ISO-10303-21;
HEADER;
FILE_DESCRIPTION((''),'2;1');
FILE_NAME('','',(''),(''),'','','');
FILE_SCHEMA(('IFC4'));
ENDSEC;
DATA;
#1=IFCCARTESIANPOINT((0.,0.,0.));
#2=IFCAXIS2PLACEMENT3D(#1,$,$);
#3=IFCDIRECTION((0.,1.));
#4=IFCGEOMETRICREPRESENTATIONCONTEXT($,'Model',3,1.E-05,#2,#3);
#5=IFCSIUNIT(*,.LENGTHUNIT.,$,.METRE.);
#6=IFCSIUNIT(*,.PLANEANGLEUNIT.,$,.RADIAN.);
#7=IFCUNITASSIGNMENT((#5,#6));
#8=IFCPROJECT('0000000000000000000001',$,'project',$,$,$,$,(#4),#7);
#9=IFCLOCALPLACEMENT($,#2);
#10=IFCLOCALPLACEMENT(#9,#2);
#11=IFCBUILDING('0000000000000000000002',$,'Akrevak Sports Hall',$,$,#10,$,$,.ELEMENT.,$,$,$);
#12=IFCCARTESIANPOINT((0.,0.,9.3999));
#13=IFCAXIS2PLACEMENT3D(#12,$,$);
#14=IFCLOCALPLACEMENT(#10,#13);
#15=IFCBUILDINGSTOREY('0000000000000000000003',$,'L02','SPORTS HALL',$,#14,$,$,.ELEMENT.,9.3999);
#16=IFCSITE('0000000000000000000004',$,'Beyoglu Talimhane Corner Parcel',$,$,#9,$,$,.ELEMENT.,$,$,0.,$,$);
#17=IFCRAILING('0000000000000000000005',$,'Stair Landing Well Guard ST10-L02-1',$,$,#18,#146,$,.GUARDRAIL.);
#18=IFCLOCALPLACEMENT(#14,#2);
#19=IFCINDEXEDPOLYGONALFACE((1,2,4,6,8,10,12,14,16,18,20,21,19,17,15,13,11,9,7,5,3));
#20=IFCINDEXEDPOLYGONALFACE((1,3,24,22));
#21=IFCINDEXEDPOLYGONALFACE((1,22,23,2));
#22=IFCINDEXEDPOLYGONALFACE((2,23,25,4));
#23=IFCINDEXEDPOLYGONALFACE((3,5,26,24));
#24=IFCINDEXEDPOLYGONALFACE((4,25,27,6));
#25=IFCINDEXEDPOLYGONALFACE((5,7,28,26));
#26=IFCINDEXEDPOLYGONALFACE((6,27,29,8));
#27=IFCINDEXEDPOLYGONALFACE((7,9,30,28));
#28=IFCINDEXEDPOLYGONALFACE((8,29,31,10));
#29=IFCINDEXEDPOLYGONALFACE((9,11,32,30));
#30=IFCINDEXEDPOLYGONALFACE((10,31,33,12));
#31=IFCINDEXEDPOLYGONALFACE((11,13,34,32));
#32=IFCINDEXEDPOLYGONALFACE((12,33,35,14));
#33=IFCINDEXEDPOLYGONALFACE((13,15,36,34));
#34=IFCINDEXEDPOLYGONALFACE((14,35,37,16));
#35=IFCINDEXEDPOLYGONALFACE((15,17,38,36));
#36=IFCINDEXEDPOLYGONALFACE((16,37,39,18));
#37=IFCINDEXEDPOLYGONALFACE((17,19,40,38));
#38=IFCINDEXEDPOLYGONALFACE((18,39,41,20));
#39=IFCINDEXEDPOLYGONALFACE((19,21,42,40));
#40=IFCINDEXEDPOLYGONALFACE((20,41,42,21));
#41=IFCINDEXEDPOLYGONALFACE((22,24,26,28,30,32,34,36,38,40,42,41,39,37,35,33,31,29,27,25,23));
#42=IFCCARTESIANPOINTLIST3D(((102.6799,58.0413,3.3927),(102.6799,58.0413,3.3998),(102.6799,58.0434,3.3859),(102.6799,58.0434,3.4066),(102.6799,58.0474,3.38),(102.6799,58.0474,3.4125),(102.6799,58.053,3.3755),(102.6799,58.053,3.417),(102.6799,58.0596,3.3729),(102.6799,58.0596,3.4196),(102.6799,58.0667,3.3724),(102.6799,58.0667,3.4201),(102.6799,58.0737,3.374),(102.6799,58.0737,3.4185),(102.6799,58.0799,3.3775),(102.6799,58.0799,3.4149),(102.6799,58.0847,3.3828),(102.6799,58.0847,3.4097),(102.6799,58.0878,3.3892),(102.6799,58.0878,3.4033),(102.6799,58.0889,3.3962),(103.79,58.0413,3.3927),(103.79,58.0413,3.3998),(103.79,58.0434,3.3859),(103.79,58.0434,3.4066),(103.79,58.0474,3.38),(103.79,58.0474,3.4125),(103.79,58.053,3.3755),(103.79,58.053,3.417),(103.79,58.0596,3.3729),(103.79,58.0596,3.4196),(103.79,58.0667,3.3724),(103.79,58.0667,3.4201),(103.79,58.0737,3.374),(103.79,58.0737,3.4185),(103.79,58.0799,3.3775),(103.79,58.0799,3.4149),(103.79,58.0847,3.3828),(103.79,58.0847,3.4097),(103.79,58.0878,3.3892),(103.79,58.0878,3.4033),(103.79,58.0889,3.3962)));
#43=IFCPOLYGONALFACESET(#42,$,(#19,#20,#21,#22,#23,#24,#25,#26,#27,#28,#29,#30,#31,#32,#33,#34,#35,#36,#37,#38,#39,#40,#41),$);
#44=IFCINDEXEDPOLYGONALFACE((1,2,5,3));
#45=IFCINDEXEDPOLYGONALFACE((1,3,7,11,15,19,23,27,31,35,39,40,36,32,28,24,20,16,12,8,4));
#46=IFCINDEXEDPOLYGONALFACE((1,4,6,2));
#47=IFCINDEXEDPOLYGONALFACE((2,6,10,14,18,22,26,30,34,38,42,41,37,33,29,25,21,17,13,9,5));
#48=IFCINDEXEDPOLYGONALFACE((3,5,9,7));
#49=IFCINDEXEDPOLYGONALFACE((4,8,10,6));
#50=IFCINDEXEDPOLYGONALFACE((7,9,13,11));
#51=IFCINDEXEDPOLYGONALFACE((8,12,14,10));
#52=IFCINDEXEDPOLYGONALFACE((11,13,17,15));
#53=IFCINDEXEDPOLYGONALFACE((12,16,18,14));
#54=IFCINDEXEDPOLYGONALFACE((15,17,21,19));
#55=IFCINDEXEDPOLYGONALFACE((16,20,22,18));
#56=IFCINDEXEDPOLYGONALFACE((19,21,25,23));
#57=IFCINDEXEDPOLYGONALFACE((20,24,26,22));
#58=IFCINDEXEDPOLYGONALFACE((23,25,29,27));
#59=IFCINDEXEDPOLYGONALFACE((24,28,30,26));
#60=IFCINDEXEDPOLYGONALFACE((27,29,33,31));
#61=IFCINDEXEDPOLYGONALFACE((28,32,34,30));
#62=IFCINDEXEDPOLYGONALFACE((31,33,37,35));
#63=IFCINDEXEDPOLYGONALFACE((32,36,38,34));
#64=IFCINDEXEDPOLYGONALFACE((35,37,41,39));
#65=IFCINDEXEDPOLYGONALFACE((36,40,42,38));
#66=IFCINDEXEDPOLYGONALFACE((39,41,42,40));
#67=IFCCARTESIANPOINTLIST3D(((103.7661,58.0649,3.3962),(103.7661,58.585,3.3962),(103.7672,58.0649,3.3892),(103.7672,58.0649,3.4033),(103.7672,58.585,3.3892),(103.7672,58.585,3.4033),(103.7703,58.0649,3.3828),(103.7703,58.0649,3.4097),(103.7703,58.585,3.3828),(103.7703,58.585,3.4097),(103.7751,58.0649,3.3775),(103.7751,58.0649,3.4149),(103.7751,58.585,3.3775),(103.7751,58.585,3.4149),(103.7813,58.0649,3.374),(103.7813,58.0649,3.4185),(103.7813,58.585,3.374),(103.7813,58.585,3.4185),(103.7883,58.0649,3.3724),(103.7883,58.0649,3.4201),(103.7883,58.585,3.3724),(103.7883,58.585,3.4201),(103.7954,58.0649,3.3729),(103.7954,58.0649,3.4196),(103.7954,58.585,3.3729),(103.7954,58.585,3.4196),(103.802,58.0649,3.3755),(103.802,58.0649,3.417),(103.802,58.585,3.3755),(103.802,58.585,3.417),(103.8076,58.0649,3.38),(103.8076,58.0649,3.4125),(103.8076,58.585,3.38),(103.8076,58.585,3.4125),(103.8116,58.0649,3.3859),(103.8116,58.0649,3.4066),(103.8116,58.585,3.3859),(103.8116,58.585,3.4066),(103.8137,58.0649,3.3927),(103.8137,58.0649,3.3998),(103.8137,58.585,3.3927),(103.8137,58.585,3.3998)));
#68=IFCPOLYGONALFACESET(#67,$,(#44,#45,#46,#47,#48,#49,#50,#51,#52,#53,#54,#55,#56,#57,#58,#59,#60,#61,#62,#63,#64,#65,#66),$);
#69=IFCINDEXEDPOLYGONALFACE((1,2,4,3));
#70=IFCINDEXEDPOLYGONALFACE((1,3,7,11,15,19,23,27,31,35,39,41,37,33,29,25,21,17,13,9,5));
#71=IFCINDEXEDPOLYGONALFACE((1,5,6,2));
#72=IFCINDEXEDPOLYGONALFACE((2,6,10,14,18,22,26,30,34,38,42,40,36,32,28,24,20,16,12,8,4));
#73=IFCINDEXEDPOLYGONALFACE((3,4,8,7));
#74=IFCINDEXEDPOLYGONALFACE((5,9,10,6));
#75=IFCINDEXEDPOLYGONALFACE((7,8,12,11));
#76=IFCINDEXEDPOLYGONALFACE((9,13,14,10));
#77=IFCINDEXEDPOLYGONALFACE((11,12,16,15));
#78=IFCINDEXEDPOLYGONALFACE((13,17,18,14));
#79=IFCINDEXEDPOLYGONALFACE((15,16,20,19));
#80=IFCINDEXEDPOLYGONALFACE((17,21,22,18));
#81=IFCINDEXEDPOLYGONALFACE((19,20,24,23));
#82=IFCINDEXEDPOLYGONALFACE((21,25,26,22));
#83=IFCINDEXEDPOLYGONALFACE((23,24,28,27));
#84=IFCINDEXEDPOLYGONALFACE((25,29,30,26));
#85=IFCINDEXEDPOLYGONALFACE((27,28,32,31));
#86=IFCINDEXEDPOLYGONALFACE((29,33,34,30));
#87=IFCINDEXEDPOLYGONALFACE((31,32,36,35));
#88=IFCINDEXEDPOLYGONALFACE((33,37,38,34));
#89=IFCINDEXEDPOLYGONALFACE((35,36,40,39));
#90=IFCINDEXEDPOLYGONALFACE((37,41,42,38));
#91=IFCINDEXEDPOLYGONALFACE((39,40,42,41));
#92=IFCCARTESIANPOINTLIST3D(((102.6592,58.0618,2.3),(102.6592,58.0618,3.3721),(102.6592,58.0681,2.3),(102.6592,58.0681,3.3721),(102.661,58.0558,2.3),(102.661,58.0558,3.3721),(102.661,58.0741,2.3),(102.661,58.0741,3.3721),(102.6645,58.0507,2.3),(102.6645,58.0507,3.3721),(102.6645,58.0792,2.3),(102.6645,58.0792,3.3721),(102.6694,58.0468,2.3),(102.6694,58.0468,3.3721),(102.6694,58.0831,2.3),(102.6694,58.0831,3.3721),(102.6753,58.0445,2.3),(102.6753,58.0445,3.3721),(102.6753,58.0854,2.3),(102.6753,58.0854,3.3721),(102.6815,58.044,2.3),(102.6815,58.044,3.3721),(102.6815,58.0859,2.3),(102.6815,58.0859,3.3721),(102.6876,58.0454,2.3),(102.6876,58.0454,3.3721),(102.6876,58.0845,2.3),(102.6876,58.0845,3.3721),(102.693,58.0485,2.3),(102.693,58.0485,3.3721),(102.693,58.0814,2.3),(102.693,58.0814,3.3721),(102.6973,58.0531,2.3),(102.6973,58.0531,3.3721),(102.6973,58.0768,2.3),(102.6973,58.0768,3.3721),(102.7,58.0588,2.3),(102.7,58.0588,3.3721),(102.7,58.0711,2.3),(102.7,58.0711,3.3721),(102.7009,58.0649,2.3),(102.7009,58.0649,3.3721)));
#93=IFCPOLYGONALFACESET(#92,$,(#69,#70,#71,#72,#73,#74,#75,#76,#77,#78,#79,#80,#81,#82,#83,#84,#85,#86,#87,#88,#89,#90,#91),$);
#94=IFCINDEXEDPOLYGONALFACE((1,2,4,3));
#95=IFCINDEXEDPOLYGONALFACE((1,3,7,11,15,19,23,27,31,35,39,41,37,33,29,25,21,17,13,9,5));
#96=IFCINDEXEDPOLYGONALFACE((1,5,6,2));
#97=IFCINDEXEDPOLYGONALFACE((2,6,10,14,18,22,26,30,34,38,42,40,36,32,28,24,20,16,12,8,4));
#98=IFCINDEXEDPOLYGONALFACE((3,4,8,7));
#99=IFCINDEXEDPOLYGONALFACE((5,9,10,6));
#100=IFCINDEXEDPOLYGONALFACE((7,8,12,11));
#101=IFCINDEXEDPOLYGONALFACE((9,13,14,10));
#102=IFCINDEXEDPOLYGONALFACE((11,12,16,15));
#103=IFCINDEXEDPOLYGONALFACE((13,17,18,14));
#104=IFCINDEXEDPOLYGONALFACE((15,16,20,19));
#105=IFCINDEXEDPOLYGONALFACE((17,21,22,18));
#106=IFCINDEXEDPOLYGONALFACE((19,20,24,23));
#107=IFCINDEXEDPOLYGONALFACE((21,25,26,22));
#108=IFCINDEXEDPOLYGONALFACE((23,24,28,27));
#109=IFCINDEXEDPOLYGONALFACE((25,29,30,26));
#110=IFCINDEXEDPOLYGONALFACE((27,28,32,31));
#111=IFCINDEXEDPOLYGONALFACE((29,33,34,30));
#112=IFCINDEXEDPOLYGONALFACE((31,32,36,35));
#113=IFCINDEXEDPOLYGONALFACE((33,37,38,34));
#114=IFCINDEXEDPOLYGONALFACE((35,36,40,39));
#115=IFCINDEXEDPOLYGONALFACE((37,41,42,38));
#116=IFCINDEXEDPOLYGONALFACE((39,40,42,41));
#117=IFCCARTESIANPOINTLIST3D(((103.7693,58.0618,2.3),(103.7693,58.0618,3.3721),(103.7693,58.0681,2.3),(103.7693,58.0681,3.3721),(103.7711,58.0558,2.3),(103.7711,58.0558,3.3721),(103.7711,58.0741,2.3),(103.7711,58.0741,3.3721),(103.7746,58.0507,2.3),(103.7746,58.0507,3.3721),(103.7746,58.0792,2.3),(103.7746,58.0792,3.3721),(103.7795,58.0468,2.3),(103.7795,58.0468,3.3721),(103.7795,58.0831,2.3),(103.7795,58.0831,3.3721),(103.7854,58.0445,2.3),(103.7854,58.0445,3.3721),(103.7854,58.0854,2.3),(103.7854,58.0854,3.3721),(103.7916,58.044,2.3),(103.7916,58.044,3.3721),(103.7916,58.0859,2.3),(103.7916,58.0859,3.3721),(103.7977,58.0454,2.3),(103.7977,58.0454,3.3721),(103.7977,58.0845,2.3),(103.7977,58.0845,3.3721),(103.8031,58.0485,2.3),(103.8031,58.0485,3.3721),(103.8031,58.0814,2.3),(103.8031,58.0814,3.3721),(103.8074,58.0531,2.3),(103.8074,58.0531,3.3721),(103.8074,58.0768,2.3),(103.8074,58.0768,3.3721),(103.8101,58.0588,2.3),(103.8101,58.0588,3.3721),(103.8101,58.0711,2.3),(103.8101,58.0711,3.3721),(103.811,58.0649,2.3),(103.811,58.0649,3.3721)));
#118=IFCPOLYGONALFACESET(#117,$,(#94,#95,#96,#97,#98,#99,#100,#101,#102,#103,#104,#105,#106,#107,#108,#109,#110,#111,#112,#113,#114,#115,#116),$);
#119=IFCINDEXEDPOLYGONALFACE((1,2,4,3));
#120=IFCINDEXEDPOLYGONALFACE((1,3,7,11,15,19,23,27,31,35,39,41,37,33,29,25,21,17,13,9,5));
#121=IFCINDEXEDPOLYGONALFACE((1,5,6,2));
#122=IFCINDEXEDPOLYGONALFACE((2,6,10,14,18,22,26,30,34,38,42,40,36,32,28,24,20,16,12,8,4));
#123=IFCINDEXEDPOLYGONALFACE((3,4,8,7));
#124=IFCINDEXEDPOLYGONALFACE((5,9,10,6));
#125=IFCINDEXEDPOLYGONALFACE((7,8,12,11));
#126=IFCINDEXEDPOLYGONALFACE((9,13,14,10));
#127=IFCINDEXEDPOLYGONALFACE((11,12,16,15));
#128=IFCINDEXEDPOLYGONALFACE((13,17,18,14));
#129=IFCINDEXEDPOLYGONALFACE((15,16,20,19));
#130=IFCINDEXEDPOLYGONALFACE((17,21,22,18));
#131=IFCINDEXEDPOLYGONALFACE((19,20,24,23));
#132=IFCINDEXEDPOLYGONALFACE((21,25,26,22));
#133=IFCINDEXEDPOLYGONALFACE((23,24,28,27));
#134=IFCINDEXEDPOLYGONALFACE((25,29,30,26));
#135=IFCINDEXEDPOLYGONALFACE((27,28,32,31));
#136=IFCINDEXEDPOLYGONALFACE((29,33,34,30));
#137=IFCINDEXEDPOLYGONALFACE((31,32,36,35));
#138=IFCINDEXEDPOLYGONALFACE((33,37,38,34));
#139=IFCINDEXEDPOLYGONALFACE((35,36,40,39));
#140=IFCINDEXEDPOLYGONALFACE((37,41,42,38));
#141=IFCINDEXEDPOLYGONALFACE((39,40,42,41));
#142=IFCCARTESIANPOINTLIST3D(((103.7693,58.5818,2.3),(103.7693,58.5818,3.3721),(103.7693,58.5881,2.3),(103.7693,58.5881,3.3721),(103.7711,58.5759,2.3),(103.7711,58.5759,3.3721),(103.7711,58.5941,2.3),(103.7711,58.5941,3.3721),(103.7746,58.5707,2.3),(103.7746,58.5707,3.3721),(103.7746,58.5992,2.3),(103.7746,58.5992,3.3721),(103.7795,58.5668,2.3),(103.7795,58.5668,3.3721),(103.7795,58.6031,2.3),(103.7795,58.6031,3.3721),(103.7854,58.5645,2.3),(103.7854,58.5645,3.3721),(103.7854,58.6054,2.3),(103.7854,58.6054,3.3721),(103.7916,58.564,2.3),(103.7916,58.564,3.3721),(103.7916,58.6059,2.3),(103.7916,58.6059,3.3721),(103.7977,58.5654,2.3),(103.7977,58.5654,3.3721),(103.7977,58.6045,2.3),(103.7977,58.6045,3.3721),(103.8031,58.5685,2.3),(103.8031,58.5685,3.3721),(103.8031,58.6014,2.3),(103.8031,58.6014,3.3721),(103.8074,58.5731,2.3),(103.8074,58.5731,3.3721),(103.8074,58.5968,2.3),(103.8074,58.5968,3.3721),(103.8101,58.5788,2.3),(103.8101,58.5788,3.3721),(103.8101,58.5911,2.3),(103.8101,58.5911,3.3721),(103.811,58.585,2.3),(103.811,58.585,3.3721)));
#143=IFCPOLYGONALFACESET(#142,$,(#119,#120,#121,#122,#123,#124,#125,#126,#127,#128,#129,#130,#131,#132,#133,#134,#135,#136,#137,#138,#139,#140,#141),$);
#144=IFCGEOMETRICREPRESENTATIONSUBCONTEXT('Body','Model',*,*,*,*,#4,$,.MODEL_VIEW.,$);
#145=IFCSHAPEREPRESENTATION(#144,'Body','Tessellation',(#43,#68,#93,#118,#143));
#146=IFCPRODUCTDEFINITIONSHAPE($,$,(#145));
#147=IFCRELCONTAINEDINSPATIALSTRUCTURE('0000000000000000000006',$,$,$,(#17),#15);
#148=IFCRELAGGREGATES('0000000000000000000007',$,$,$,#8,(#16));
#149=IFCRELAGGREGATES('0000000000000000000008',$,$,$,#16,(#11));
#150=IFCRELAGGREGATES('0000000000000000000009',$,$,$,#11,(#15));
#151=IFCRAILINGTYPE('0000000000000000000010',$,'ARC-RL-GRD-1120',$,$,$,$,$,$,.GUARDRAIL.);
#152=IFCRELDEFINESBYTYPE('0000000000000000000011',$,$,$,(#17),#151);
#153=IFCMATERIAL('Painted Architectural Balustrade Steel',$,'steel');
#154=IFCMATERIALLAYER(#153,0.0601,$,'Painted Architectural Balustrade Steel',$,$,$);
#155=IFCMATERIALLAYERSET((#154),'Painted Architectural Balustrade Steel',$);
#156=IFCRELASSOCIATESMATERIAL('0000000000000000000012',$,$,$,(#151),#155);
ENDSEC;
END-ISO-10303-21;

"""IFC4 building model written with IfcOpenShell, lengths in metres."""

from ifc_helpers import new_model, si_unit, direction, frame, origin, origin_2d, place, context, subcontext, project, spatial, circle, extrude, material, layer, layer_set, type_object, element, save


model = new_model("IFC4")

# Units and contexts
model_context = context("Model", 3, precision=1e-05, world=origin(), true_north=direction((0.0, 1.0)))
body_context = subcontext(model_context, "Body", "Model", "MODEL_VIEW")
ifc_project = project(units=[si_unit("LENGTHUNIT", "METRE"), si_unit("PLANEANGLEUNIT", "RADIAN")], contexts=[model_context])

# Site, building, storey
site_placement = place(None, origin())
site = spatial("IfcSite", under=ifc_project, at=site_placement, Name="Beyoglu Talimhane Corner Parcel", CompositionType="ELEMENT", RefElevation=0.0)
building_placement = place(site_placement, origin())
building = spatial("IfcBuilding", under=site, at=building_placement, Name="Akrevak Sports Hall", CompositionType="ELEMENT")
storey_placement = place(building_placement, frame((0.0, 0.0, 9.3999)))
storey = spatial("IfcBuildingStorey", under=building, at=storey_placement, Name="L02", Description="SPORTS HALL", CompositionType="ELEMENT", Elevation=9.3999)

# Railing
ifc_material_1 = material(Name="Painted Architectural Balustrade Steel", Category="steel")
ifc_layer_1 = layer(ifc_material_1, 0.0601, Name="Painted Architectural Balustrade Steel")
ifc_layer_set_1 = layer_set([ifc_layer_1], Name="Painted Architectural Balustrade Steel")
railing_type_1 = type_object("IfcRailingType", Name="ARC-RL-GRD-1120", PredefinedType="GUARDRAIL", material=ifc_layer_set_1)
railing_1_placement = place(storey_placement, frame((102.6799, 58.0649, 2.3)))
element("IfcRailing", 1, at=railing_1_placement, inside=storey, type_object=railing_type_1, Name="Stair Landing Well Guard ST10-L02-1", PredefinedType="GUARDRAIL", context=body_context, shape_type="SweptSolid", body=[
    extrude(circle(Radius=0.0239, at=origin_2d()), frame((0.0, 0.0, 1.0962), z_axis=(1.0, 0.0, 0.0), x_axis=(0.0, 1.0, 0.0)), (0.0, 0.0, 1.0), 1.1101),
    extrude(circle(Radius=0.0239, at=origin_2d()), frame((1.1101, 0.0, 1.0962), z_axis=(0.0, 1.0, 0.0), x_axis=(-1.0, 0.0, 0.0)), (0.0, 0.0, 1.0), 0.52),
    extrude(circle(Radius=0.021, at=origin_2d()), origin(), (0.0, 0.0, 1.0), 1.072),
    extrude(circle(Radius=0.021, at=origin_2d()), frame((1.1101, 0.0, 0.0)), (0.0, 0.0, 1.0), 1.072),
    extrude(circle(Radius=0.021, at=origin_2d()), frame((1.1101, 0.52, 0.0)), (0.0, 0.0, 1.0), 1.072),
])

save(model, "model.ifc")
